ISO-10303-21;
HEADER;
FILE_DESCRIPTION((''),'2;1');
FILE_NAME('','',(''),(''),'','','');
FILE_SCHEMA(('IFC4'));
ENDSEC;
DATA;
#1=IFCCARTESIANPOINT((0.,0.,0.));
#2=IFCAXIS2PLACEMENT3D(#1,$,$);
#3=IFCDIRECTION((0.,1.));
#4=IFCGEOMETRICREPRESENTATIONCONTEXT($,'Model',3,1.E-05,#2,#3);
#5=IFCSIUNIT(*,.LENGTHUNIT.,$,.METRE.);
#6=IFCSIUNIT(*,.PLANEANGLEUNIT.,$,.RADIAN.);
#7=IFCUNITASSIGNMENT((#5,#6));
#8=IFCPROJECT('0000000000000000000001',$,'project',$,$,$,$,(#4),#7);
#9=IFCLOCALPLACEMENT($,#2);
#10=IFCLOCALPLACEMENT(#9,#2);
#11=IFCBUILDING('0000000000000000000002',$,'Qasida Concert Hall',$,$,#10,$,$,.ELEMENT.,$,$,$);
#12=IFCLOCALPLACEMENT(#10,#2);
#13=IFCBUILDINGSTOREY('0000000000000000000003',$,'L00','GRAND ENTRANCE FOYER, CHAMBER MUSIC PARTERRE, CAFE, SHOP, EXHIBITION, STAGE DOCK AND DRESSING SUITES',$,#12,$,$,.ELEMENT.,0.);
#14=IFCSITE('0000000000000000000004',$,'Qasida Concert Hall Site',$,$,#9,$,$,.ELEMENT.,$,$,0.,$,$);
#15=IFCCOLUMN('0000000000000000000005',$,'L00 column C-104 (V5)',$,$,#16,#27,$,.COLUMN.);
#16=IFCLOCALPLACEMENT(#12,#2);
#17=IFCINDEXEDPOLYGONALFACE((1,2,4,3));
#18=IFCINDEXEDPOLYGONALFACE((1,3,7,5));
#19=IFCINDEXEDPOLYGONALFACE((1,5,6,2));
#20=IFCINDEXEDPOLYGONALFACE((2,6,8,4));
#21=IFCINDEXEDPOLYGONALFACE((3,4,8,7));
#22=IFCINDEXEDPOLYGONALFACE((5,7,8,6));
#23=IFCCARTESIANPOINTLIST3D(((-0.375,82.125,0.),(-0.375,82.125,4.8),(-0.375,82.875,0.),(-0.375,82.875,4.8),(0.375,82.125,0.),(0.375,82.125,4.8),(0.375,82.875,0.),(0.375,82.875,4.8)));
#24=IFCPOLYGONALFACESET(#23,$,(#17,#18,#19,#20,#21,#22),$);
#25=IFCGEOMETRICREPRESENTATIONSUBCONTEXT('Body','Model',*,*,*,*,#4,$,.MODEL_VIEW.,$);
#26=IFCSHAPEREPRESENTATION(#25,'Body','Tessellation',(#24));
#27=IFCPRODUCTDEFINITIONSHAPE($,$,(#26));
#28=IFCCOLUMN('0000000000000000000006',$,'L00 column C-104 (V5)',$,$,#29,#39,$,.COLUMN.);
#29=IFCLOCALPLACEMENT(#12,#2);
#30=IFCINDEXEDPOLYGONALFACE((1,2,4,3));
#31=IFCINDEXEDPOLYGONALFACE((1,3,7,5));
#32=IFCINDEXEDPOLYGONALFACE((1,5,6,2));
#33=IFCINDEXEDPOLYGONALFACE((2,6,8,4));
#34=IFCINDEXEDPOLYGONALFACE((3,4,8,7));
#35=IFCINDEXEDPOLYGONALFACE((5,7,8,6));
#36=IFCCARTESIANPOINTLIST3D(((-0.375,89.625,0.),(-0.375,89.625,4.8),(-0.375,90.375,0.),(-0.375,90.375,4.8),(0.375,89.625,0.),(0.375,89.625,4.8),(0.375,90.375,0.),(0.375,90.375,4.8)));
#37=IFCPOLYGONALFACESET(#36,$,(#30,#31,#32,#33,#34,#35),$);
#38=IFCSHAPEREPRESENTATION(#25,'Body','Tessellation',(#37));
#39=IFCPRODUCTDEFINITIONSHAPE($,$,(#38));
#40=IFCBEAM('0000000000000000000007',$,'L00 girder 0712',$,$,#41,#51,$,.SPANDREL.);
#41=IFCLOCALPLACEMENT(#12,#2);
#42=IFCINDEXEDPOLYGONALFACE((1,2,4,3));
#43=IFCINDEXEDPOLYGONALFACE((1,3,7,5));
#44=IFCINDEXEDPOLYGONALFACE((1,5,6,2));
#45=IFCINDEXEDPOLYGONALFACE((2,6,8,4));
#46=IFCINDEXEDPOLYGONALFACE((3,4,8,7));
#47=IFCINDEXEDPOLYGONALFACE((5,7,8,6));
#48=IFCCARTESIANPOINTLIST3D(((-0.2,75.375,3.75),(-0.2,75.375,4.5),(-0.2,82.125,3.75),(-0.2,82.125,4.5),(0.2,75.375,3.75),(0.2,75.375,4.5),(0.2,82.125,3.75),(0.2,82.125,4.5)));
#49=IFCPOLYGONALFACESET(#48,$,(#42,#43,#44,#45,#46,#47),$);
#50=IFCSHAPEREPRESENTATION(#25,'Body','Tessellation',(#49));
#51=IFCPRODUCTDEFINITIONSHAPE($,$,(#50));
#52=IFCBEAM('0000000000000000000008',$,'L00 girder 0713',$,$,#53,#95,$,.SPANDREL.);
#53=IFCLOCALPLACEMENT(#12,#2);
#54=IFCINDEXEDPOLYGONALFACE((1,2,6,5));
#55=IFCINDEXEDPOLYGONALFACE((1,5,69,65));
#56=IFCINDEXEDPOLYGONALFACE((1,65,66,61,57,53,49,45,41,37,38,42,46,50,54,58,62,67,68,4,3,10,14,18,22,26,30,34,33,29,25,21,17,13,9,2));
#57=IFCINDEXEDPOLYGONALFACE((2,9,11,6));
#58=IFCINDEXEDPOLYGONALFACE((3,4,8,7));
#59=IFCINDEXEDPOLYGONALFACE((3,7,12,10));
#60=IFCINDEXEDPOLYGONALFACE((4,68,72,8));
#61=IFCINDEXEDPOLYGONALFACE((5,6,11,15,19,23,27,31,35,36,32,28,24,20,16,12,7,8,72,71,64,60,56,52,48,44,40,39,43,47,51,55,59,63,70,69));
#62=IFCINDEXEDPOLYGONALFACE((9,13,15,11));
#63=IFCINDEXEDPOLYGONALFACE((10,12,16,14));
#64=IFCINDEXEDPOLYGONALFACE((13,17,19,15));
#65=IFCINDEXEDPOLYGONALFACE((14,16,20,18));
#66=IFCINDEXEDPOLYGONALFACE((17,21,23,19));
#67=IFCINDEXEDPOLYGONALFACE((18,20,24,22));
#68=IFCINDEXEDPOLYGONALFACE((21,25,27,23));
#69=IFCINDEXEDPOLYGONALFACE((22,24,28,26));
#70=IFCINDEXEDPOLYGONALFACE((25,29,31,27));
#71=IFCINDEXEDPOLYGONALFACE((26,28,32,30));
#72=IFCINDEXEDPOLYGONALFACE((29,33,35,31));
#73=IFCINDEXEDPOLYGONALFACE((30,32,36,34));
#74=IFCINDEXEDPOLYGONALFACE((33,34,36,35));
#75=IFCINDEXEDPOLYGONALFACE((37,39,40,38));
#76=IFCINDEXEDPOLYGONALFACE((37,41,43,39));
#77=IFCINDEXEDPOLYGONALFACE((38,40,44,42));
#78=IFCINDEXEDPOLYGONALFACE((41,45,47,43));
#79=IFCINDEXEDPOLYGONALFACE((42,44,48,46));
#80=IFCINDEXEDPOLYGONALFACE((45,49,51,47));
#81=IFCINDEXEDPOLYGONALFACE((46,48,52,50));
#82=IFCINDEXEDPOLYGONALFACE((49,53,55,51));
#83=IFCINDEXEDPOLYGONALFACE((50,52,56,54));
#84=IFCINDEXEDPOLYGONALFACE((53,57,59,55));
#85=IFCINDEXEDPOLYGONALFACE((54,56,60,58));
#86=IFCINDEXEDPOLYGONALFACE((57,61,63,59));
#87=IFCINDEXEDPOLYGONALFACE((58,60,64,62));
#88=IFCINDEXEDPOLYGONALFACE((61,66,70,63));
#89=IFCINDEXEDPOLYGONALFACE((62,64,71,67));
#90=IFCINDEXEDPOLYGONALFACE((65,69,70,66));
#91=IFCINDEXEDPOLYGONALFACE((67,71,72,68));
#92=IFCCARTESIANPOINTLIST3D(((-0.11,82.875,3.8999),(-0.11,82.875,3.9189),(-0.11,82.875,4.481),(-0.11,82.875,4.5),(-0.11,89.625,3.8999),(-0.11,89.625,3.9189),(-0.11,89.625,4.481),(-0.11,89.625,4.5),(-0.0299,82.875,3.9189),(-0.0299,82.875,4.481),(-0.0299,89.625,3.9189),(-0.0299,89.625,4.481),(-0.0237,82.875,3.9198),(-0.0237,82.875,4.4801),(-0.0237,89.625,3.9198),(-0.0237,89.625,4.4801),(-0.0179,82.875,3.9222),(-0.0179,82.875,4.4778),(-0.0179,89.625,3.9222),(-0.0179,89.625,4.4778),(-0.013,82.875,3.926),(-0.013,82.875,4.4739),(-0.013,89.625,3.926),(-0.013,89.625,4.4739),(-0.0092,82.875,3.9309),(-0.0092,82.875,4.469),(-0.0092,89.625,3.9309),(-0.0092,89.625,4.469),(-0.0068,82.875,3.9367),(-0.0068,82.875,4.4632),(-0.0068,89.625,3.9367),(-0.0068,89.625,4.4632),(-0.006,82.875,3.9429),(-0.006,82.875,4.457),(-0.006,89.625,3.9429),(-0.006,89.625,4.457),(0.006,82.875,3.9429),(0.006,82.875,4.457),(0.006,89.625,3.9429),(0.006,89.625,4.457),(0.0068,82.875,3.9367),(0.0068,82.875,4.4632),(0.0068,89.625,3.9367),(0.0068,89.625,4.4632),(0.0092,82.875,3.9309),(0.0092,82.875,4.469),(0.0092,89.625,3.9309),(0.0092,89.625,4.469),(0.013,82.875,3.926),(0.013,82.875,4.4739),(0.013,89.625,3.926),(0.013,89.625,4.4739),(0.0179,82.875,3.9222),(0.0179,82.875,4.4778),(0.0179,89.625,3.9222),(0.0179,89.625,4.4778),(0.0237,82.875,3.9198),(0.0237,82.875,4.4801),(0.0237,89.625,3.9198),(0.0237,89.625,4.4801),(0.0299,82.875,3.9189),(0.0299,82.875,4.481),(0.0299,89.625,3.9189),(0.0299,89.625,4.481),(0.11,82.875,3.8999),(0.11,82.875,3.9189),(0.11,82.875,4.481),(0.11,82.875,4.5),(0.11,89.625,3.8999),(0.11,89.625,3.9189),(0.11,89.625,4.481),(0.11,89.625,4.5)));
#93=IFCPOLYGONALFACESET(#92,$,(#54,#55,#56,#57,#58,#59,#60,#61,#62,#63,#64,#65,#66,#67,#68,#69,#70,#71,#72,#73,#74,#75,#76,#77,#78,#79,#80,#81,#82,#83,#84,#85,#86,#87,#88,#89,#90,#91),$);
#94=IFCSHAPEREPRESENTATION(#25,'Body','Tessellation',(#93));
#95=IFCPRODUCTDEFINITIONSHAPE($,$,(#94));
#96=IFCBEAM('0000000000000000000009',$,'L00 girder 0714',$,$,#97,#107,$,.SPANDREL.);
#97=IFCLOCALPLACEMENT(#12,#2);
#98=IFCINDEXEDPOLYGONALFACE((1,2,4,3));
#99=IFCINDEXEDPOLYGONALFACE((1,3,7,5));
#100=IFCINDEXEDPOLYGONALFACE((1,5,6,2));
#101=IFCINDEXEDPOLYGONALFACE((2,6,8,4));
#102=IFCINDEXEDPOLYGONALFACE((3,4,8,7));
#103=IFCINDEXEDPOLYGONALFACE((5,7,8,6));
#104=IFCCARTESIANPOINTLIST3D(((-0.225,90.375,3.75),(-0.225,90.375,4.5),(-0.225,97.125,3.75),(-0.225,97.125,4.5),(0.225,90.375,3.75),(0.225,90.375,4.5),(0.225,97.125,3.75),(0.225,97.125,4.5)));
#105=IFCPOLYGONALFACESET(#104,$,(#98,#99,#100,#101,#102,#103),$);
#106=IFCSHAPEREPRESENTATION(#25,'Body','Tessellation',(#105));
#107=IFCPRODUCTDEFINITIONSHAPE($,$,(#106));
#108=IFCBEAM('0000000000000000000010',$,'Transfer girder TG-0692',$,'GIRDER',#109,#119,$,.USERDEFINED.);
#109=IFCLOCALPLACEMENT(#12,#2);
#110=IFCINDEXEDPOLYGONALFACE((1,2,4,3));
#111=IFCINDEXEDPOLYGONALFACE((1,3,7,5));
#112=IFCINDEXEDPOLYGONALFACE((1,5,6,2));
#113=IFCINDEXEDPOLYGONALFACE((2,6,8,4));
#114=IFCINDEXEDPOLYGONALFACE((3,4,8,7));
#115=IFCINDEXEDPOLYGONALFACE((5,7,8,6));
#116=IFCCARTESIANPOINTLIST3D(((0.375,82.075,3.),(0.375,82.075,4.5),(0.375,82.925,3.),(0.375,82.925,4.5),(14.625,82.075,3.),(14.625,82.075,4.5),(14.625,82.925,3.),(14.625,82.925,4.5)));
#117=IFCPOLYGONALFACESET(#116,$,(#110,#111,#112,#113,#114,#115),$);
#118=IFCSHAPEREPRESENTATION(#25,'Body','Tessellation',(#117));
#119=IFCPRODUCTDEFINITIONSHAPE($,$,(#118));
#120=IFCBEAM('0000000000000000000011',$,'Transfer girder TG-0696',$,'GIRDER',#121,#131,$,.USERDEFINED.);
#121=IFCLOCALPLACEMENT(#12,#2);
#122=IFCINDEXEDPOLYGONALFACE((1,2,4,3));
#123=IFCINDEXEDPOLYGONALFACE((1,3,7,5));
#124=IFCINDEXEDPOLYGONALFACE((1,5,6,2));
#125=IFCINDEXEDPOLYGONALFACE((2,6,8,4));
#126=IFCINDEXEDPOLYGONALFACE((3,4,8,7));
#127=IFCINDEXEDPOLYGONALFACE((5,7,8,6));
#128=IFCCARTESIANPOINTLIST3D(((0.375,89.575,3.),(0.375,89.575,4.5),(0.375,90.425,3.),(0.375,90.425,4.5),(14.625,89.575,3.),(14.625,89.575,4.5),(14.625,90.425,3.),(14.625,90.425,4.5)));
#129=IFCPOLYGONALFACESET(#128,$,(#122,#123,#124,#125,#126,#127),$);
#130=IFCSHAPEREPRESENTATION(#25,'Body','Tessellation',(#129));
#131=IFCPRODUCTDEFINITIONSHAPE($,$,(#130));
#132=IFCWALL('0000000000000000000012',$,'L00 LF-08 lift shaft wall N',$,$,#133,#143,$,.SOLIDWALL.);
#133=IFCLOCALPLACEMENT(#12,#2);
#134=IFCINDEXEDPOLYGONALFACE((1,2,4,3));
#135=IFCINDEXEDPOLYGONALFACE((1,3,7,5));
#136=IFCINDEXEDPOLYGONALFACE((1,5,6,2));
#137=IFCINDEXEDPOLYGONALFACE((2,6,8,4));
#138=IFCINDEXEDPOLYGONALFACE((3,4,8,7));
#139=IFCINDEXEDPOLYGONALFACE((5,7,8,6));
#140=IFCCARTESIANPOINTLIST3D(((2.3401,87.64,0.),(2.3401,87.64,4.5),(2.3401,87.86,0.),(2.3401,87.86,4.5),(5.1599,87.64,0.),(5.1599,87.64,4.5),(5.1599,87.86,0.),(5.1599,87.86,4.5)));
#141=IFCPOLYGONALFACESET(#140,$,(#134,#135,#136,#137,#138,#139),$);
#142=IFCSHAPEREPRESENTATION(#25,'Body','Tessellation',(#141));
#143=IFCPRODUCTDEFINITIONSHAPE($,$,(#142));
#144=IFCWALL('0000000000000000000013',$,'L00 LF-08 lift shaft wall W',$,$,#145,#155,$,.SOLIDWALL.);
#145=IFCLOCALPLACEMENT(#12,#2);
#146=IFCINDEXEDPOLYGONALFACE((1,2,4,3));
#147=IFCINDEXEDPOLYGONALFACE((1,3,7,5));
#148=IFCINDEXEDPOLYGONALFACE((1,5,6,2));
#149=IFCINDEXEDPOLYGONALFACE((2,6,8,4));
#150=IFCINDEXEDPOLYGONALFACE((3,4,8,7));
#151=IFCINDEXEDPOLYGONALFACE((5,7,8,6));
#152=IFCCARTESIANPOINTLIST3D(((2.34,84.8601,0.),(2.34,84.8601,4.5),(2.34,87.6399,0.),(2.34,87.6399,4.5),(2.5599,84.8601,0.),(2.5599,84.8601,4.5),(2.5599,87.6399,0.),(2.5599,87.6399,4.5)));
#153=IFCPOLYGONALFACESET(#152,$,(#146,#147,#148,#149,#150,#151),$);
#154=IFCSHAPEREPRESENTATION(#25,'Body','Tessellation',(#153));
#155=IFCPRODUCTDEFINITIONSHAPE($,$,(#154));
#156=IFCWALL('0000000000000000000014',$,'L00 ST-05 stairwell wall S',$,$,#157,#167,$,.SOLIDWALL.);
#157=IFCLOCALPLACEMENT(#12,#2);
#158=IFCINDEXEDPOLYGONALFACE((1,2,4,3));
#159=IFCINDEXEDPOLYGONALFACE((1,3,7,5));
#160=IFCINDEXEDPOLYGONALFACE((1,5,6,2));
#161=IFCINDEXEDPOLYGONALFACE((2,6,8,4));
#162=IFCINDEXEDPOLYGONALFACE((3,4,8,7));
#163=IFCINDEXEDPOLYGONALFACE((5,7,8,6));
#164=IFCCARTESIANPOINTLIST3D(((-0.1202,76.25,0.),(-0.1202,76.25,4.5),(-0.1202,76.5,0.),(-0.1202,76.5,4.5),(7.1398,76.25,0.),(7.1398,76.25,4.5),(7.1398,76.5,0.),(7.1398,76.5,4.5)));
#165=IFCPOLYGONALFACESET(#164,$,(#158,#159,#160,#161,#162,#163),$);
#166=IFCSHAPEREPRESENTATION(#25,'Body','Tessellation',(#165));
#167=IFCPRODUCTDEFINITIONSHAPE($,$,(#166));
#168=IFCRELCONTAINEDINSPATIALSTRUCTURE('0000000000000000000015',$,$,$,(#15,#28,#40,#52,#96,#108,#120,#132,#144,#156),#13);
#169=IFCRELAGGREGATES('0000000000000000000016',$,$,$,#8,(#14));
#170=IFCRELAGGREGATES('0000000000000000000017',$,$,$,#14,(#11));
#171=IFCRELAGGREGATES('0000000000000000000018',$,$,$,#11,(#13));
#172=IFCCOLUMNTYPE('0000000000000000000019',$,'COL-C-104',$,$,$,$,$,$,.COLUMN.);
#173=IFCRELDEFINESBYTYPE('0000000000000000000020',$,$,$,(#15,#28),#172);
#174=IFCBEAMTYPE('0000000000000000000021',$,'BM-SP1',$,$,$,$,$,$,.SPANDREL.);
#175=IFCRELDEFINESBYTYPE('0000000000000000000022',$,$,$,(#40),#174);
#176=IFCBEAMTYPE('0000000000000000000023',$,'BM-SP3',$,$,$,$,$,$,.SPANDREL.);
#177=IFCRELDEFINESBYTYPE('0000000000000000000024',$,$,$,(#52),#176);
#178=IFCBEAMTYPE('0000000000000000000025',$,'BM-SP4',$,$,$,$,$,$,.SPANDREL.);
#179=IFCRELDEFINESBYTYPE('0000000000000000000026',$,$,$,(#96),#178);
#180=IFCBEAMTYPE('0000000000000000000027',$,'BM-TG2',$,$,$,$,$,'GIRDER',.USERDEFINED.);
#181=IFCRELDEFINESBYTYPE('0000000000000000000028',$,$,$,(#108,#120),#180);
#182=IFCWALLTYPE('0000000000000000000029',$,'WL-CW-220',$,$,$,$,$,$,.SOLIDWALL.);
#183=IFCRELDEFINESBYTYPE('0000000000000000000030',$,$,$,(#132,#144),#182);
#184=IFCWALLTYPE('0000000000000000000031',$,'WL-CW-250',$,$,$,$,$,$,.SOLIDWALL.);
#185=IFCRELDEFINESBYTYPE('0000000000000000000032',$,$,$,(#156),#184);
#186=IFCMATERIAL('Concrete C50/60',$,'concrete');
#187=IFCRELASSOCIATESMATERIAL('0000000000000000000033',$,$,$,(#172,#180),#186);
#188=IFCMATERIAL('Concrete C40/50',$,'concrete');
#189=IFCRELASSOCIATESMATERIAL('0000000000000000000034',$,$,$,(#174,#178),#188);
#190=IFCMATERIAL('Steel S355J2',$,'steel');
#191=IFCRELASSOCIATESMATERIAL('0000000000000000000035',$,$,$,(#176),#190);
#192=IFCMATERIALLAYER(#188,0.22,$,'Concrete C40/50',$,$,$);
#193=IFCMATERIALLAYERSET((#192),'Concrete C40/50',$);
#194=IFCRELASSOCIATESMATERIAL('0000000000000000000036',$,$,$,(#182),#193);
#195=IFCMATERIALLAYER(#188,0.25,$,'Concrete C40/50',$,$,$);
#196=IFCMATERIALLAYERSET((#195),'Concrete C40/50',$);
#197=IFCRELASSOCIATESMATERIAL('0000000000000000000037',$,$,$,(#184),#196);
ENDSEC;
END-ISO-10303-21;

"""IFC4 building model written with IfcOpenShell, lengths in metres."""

from ifc_helpers import new_model, si_unit, direction, frame, frame_2d, origin, origin_2d, place, context, subcontext, project, spatial, rectangle, i_section, extrude, material, layer, layer_set, material_profile, profile_set, type_object, element, save


model = new_model("IFC4")

# Units and contexts
model_context = context("Model", 3, precision=1e-05, world=origin(), true_north=direction((0.0, 1.0)))
body_context = subcontext(model_context, "Body", "Model", "MODEL_VIEW")
ifc_project = project(units=[si_unit("LENGTHUNIT", "METRE"), si_unit("PLANEANGLEUNIT", "RADIAN")], contexts=[model_context])

# Site, building, storey
site_placement = place(None, origin())
site = spatial("IfcSite", under=ifc_project, at=site_placement, Name="Qasida Concert Hall Site", CompositionType="ELEMENT", RefElevation=0.0)
building_placement = place(site_placement, origin())
building = spatial("IfcBuilding", under=site, at=building_placement, Name="Qasida Concert Hall", CompositionType="ELEMENT")
storey_placement = place(building_placement, origin())
storey = spatial("IfcBuildingStorey", under=building, at=storey_placement, Name="L00", Description="GRAND ENTRANCE FOYER, CHAMBER MUSIC PARTERRE, CAFE, SHOP, EXHIBITION, STAGE DOCK AND DRESSING SUITES", CompositionType="ELEMENT", Elevation=0.0)

# Columns
ifc_material_1 = material(Name="Concrete C50/60", Category="concrete")
ifc_material_profile_1 = material_profile(ifc_material_1, rectangle(XDim=0.75, YDim=0.75, at=origin_2d()), Name="RC 750x750")
ifc_profile_set_1 = profile_set([ifc_material_profile_1], Name="Concrete C50/60")
column_type = type_object("IfcColumnType", Name="COL-C-104", PredefinedType="COLUMN", material=ifc_profile_set_1)
for number, where, z_axis, x_axis, name in (
    (1, (0.0, 82.5, 0.0), (0.0, 0.0, 1.0), (1.0, 0.0, 0.0), "L00 column C-104 (V5)"),
    (2, (0.0, 90.0, 0.0), (0.0, 0.0, 1.0), (1.0, 0.0, 0.0), "L00 column C-104 (V5)"),
):
    element("IfcColumn", number, at=place(storey_placement, frame(where, z_axis=z_axis, x_axis=x_axis)), inside=storey, type_object=column_type, Name=name, PredefinedType="COLUMN", context=body_context, shape_type="SweptSolid", body=[
        extrude(rectangle(XDim=0.75, YDim=0.75, at=origin_2d()), origin(), (0.0, 0.0, 1.0), 4.8),
    ])

# Beams
ifc_material_2 = material(Name="Concrete C40/50", Category="concrete")
ifc_material_profile_2 = material_profile(ifc_material_2, rectangle(XDim=0.3999, YDim=0.75, at=origin_2d()), Name="RC 400x750")
ifc_profile_set_2 = profile_set([ifc_material_profile_2], Name="Concrete C40/50")
beam_type_1 = type_object("IfcBeamType", Name="BM-SP1", PredefinedType="SPANDREL", material=ifc_profile_set_2)
beam_1_placement = place(storey_placement, frame((0.0, 75.375, 4.125), z_axis=(0.0, 1.0, 0.0), x_axis=(-1.0, 0.0, 0.0)))
element("IfcBeam", 3, at=beam_1_placement, inside=storey, type_object=beam_type_1, Name="L00 girder 0712", PredefinedType="SPANDREL", context=body_context, shape_type="SweptSolid", body=[
    extrude(rectangle(XDim=0.3999, YDim=0.75, at=origin_2d()), origin(), (0.0, 0.0, 1.0), 6.75),
])
ifc_material_3 = material(Name="Steel S355J2", Category="steel")
ifc_material_profile_3 = material_profile(ifc_material_3, i_section(OverallWidth=0.22, OverallDepth=0.6001, WebThickness=0.012, FlangeThickness=0.019, FilletRadius=0.0239, at=origin_2d()), Name="IPE 600")
ifc_profile_set_3 = profile_set([ifc_material_profile_3], Name="Steel S355J2")
beam_type_2 = type_object("IfcBeamType", Name="BM-SP3", PredefinedType="SPANDREL", material=ifc_profile_set_3)
beam_2_placement = place(storey_placement, frame((0.0, 82.875, 4.2), z_axis=(0.0, 1.0, 0.0), x_axis=(-1.0, 0.0, 0.0)))
element("IfcBeam", 4, at=beam_2_placement, inside=storey, type_object=beam_type_2, Name="L00 girder 0713", PredefinedType="SPANDREL", context=body_context, shape_type="SweptSolid", body=[
    extrude(i_section(OverallWidth=0.22, OverallDepth=0.6001, WebThickness=0.012, FlangeThickness=0.019, FilletRadius=0.0239, at=origin_2d()), origin(), (0.0, 0.0, 1.0), 6.75),
])
ifc_material_profile_4 = material_profile(ifc_material_2, rectangle(XDim=0.45, YDim=0.75, at=origin_2d()), Name="RC 450x750")
ifc_profile_set_4 = profile_set([ifc_material_profile_4], Name="Concrete C40/50")
beam_type_3 = type_object("IfcBeamType", Name="BM-SP4", PredefinedType="SPANDREL", material=ifc_profile_set_4)
beam_3_placement = place(storey_placement, frame((0.0, 90.375, 4.125), z_axis=(0.0, 1.0, 0.0), x_axis=(-1.0, 0.0, 0.0)))
element("IfcBeam", 5, at=beam_3_placement, inside=storey, type_object=beam_type_3, Name="L00 girder 0714", PredefinedType="SPANDREL", context=body_context, shape_type="SweptSolid", body=[
    extrude(rectangle(XDim=0.45, YDim=0.75, at=origin_2d()), origin(), (0.0, 0.0, 1.0), 6.75),
])
ifc_material_profile_5 = material_profile(ifc_material_1, rectangle(XDim=0.8501, YDim=1.5, at=origin_2d()), Name="RC 850x1500")
ifc_profile_set_5 = profile_set([ifc_material_profile_5], Name="Concrete C50/60")
beam_type_4 = type_object("IfcBeamType", Name="BM-TG2", ElementType="GIRDER", PredefinedType="USERDEFINED", material=ifc_profile_set_5)
for number, where, z_axis, x_axis, name in (
    (6, (0.375, 82.5, 3.75), (1.0, 0.0, 0.0), (0.0, 1.0, 0.0), "Transfer girder TG-0692"),
    (7, (0.375, 90.0, 3.75), (1.0, 0.0, 0.0), (0.0, 1.0, 0.0), "Transfer girder TG-0696"),
):
    element("IfcBeam", number, at=place(storey_placement, frame(where, z_axis=z_axis, x_axis=x_axis)), inside=storey, type_object=beam_type_4, Name=name, ObjectType="GIRDER", PredefinedType="USERDEFINED", context=body_context, shape_type="SweptSolid", body=[
        extrude(rectangle(XDim=0.8501, YDim=1.5, at=origin_2d()), origin(), (0.0, 0.0, 1.0), 14.25),
    ])

# Shared definitions
ifc_layer_1 = layer(ifc_material_2, 0.22, Name="Concrete C40/50")
ifc_layer_set_1 = layer_set([ifc_layer_1], Name="Concrete C40/50")
wall_type_1 = type_object("IfcWallType", Name="WL-CW-220", PredefinedType="SOLIDWALL", material=ifc_layer_set_1)

# Walls
wall_1_placement = place(storey_placement, frame((2.3401, 87.75, 0.0), z_axis=(0.0, 0.0, 1.0), x_axis=(1.0, 0.0, 0.0)))
element("IfcWall", 8, at=wall_1_placement, inside=storey, type_object=wall_type_1, Name="L00 LF-08 lift shaft wall N", PredefinedType="SOLIDWALL", context=body_context, shape_type="SweptSolid", body=[
    extrude(rectangle(XDim=2.8198, YDim=0.22, at=frame_2d((1.4099, 0.0))), origin(), (0.0, 0.0, 1.0), 4.5),
])
wall_2_placement = place(storey_placement, frame((2.45, 84.8601, 0.0), z_axis=(0.0, 0.0, 1.0), x_axis=(0.0, 1.0, 0.0)))
element("IfcWall", 9, at=wall_2_placement, inside=storey, type_object=wall_type_1, Name="L00 LF-08 lift shaft wall W", PredefinedType="SOLIDWALL", context=body_context, shape_type="SweptSolid", body=[
    extrude(rectangle(XDim=2.7798, YDim=0.22, at=frame_2d((1.3899, 0.0))), origin(), (0.0, 0.0, 1.0), 4.5),
])
ifc_layer_2 = layer(ifc_material_2, 0.25, Name="Concrete C40/50")
ifc_layer_set_2 = layer_set([ifc_layer_2], Name="Concrete C40/50")
wall_type_2 = type_object("IfcWallType", Name="WL-CW-250", PredefinedType="SOLIDWALL", material=ifc_layer_set_2)
wall_3_placement = place(storey_placement, frame((-0.1201, 76.375, 0.0), z_axis=(0.0, 0.0, 1.0), x_axis=(1.0, 0.0, 0.0)))
element("IfcWall", 10, at=wall_3_placement, inside=storey, type_object=wall_type_2, Name="L00 ST-05 stairwell wall S", PredefinedType="SOLIDWALL", context=body_context, shape_type="SweptSolid", body=[
    extrude(rectangle(XDim=7.26, YDim=0.25, at=frame_2d((3.6299, 0.0))), origin(), (0.0, 0.0, 1.0), 4.5),
])

save(model, "model.ifc")
